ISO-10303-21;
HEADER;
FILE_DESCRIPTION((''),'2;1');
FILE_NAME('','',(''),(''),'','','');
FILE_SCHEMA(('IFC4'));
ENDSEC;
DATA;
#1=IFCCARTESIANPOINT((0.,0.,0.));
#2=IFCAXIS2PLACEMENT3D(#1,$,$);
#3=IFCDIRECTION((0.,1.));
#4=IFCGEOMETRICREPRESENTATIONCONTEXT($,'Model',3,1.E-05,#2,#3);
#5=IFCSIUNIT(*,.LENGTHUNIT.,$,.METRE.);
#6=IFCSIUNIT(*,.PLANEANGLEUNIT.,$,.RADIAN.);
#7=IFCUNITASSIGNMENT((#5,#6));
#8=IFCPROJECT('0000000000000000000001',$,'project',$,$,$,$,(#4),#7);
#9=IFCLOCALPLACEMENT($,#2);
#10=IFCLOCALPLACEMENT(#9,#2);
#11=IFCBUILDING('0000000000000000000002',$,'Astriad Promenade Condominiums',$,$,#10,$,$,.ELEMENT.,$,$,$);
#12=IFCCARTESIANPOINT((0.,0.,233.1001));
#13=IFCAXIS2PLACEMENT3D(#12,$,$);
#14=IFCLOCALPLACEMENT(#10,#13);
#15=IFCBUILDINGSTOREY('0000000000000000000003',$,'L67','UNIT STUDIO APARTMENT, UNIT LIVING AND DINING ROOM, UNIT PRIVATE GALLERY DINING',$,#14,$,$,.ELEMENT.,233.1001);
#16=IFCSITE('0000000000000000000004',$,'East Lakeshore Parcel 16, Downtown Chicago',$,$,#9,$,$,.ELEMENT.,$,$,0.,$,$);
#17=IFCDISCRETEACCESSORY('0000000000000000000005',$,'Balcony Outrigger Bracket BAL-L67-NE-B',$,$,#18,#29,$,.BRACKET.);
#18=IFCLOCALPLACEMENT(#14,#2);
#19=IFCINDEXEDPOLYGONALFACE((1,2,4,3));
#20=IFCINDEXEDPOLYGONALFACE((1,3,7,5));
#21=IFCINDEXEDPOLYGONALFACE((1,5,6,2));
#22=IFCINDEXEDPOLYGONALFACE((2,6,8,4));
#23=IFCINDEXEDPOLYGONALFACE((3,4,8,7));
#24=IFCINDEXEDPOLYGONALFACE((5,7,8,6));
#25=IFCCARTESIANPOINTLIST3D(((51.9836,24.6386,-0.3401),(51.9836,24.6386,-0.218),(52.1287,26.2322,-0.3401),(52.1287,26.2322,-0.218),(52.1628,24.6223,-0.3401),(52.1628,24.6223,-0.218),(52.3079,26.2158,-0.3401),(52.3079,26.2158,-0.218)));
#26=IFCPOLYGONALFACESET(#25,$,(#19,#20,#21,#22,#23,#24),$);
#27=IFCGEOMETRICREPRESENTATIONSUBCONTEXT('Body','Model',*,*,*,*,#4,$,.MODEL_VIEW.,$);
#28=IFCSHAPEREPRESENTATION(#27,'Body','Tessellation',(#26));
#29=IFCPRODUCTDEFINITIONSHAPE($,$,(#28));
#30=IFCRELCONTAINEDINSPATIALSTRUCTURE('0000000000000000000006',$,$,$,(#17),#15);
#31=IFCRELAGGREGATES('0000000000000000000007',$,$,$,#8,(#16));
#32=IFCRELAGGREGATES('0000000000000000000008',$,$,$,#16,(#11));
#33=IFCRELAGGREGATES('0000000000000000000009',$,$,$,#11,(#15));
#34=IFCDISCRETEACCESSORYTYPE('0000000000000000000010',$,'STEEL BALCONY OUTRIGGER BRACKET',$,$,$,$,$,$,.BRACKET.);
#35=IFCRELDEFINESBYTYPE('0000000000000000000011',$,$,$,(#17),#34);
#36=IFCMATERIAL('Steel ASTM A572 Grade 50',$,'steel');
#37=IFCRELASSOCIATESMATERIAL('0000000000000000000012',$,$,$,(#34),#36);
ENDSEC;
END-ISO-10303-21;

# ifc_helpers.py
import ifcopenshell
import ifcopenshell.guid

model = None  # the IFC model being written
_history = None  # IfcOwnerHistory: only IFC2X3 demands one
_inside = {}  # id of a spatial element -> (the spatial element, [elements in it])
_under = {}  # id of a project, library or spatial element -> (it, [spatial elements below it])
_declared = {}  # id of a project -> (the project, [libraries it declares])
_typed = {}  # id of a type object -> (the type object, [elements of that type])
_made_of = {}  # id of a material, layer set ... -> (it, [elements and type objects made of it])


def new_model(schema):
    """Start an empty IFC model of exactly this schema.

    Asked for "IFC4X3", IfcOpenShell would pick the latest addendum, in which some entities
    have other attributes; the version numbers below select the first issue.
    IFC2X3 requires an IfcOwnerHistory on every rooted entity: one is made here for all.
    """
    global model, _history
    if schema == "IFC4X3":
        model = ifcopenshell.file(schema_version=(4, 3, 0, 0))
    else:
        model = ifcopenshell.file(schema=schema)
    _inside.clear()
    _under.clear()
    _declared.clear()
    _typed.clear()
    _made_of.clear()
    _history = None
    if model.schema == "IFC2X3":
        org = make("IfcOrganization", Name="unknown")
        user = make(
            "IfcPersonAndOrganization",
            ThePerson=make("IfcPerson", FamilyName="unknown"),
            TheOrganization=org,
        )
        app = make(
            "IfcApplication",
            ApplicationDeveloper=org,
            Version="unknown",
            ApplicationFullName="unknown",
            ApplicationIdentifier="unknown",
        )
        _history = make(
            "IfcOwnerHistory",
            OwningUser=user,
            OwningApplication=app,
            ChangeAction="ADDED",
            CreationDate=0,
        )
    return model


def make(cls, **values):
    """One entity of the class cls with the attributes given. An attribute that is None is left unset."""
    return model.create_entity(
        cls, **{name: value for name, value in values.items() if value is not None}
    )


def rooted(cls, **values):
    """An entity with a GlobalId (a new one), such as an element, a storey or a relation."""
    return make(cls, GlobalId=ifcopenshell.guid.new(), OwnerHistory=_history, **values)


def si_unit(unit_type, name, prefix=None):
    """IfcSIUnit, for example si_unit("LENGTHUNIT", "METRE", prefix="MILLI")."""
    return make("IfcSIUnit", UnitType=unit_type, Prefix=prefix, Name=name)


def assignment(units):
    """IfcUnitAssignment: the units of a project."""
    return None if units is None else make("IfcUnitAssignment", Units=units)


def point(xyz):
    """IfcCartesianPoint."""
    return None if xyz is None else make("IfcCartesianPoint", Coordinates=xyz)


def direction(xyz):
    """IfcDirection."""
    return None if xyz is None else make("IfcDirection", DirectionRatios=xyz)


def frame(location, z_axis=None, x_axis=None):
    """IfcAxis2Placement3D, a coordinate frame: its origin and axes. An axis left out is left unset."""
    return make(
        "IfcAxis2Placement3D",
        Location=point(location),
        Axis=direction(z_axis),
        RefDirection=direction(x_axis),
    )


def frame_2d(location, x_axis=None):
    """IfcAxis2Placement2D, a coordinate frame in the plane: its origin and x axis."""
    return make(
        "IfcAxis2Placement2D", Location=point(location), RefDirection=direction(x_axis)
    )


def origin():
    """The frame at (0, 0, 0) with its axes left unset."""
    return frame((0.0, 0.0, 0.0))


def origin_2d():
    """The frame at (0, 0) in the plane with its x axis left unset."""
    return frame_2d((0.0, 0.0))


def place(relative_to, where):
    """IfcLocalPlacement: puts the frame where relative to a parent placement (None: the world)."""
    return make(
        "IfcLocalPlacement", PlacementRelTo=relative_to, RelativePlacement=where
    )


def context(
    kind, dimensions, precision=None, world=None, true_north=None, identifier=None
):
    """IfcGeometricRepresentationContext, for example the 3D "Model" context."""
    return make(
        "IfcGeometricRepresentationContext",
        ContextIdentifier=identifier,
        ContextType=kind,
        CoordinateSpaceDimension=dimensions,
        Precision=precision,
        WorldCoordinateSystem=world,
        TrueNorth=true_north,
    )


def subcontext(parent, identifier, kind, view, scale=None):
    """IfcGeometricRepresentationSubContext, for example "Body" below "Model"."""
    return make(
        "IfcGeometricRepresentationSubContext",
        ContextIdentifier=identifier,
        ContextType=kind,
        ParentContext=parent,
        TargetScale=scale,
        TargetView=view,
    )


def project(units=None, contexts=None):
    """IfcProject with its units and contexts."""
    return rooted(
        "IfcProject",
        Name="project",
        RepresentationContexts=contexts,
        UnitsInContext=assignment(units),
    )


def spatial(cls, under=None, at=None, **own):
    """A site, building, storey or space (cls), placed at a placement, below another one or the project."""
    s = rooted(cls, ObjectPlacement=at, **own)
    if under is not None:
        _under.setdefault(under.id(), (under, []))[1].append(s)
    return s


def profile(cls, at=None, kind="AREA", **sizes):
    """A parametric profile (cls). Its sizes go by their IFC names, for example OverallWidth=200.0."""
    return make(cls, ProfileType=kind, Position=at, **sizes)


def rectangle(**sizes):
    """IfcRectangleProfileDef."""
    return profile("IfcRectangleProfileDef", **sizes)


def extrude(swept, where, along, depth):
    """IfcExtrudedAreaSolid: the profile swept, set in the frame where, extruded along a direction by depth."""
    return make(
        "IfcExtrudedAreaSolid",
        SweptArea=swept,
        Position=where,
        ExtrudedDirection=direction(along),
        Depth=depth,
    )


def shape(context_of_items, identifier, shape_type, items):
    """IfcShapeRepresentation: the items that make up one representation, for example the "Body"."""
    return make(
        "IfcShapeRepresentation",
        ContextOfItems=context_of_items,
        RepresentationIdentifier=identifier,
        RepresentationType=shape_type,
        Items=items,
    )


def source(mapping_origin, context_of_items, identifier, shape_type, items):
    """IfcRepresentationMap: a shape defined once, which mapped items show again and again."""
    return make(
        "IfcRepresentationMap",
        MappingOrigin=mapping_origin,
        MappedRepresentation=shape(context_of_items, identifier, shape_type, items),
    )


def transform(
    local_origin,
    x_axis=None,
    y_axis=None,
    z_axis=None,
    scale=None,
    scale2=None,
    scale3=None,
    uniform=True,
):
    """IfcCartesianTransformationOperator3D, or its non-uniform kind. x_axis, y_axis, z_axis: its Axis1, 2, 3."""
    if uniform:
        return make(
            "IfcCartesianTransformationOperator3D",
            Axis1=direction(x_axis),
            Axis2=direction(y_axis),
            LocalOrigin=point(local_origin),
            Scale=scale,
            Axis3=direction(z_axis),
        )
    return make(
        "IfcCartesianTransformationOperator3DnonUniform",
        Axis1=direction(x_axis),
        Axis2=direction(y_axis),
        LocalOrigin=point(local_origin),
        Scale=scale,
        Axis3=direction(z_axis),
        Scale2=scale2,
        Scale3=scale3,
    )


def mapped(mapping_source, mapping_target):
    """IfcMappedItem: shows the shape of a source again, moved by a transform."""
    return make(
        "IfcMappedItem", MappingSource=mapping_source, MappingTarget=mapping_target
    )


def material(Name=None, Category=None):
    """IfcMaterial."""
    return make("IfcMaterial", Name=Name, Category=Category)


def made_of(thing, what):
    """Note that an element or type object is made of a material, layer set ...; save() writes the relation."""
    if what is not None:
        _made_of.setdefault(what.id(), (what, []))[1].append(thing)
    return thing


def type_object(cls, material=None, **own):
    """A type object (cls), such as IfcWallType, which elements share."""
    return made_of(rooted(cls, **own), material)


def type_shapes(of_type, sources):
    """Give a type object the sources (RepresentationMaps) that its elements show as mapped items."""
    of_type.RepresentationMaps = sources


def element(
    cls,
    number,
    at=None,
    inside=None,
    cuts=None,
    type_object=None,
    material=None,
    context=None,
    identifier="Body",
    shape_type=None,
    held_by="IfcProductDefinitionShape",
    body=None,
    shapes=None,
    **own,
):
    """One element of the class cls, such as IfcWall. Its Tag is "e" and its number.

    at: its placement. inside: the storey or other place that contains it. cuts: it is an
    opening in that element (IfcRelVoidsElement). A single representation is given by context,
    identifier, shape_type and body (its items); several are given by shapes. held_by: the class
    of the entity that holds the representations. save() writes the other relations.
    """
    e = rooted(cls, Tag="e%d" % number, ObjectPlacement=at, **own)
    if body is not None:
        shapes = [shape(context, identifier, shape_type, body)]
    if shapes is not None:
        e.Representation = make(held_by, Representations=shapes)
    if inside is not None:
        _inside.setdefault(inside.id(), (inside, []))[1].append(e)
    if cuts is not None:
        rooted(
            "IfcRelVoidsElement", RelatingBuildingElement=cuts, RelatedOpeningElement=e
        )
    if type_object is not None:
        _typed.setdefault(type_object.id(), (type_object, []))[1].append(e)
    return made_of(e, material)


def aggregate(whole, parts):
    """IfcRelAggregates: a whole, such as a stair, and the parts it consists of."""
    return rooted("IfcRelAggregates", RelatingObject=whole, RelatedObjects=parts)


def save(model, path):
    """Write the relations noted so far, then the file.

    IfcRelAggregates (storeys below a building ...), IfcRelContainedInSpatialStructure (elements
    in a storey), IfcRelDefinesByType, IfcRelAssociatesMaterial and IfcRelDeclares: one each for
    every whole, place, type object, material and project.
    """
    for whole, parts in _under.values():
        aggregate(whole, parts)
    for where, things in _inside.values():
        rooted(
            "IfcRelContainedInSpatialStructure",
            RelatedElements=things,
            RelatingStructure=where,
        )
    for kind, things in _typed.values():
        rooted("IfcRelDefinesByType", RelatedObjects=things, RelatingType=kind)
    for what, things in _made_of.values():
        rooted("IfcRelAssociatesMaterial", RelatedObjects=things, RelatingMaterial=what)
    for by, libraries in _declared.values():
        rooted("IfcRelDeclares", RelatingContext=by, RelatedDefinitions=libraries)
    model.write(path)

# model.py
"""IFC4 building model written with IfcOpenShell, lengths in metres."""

from ifc_helpers import new_model, si_unit, direction, frame, origin, origin_2d, place, context, subcontext, project, spatial, rectangle, extrude, source, transform, mapped, material, type_object, type_shapes, element, save


model = new_model("IFC4")

# Units and contexts
model_context = context("Model", 3, precision=1e-05, world=origin(), true_north=direction((0.0, 1.0)))
body_context = subcontext(model_context, "Body", "Model", "MODEL_VIEW")
ifc_project = project(units=[si_unit("LENGTHUNIT", "METRE"), si_unit("PLANEANGLEUNIT", "RADIAN")], contexts=[model_context])

# Site, building, storey
site_placement = place(None, origin())
site = spatial("IfcSite", under=ifc_project, at=site_placement, Name="East Lakeshore Parcel 16, Downtown Chicago", CompositionType="ELEMENT", RefElevation=0.0)
building_placement = place(site_placement, origin())
building = spatial("IfcBuilding", under=site, at=building_placement, Name="Astriad Promenade Condominiums", CompositionType="ELEMENT")
storey_placement = place(building_placement, frame((0.0, 0.0, 233.1001)))
storey = spatial("IfcBuildingStorey", under=building, at=storey_placement, Name="L67", Description="UNIT STUDIO APARTMENT, UNIT LIVING AND DINING ROOM, UNIT PRIVATE GALLERY DINING", CompositionType="ELEMENT", Elevation=233.1001)

# Discrete accessory
ifc_material_1 = material(Name="Steel ASTM A572 Grade 50", Category="steel")
discrete_accessory_type = type_object("IfcDiscreteAccessoryType", Name="STEEL BALCONY OUTRIGGER BRACKET", PredefinedType="BRACKET", material=ifc_material_1)
shared_shape_1 = source(origin(), body_context, "Body", "SweptSolid", [
    extrude(rectangle(XDim=1.6001, YDim=0.1799, at=origin_2d()), origin(), (0.0, 0.0, 1.0), 0.1221),
])
type_shapes(discrete_accessory_type, [shared_shape_1])
discrete_accessory_placement = place(storey_placement, frame((52.1458, 25.4272, -0.3401), z_axis=(0.0, 0.0, 1.0), x_axis=(0.090633, 0.995884, 0.0)))
element("IfcDiscreteAccessory", 1, at=discrete_accessory_placement, inside=storey, type_object=discrete_accessory_type, Name="Balcony Outrigger Bracket BAL-L67-NE-B", PredefinedType="BRACKET", context=body_context, shape_type="MappedRepresentation", body=[
    mapped(shared_shape_1, transform((0.0, 0.0, 0.0), scale=1.0)),
])

save(model, "model.ifc")
